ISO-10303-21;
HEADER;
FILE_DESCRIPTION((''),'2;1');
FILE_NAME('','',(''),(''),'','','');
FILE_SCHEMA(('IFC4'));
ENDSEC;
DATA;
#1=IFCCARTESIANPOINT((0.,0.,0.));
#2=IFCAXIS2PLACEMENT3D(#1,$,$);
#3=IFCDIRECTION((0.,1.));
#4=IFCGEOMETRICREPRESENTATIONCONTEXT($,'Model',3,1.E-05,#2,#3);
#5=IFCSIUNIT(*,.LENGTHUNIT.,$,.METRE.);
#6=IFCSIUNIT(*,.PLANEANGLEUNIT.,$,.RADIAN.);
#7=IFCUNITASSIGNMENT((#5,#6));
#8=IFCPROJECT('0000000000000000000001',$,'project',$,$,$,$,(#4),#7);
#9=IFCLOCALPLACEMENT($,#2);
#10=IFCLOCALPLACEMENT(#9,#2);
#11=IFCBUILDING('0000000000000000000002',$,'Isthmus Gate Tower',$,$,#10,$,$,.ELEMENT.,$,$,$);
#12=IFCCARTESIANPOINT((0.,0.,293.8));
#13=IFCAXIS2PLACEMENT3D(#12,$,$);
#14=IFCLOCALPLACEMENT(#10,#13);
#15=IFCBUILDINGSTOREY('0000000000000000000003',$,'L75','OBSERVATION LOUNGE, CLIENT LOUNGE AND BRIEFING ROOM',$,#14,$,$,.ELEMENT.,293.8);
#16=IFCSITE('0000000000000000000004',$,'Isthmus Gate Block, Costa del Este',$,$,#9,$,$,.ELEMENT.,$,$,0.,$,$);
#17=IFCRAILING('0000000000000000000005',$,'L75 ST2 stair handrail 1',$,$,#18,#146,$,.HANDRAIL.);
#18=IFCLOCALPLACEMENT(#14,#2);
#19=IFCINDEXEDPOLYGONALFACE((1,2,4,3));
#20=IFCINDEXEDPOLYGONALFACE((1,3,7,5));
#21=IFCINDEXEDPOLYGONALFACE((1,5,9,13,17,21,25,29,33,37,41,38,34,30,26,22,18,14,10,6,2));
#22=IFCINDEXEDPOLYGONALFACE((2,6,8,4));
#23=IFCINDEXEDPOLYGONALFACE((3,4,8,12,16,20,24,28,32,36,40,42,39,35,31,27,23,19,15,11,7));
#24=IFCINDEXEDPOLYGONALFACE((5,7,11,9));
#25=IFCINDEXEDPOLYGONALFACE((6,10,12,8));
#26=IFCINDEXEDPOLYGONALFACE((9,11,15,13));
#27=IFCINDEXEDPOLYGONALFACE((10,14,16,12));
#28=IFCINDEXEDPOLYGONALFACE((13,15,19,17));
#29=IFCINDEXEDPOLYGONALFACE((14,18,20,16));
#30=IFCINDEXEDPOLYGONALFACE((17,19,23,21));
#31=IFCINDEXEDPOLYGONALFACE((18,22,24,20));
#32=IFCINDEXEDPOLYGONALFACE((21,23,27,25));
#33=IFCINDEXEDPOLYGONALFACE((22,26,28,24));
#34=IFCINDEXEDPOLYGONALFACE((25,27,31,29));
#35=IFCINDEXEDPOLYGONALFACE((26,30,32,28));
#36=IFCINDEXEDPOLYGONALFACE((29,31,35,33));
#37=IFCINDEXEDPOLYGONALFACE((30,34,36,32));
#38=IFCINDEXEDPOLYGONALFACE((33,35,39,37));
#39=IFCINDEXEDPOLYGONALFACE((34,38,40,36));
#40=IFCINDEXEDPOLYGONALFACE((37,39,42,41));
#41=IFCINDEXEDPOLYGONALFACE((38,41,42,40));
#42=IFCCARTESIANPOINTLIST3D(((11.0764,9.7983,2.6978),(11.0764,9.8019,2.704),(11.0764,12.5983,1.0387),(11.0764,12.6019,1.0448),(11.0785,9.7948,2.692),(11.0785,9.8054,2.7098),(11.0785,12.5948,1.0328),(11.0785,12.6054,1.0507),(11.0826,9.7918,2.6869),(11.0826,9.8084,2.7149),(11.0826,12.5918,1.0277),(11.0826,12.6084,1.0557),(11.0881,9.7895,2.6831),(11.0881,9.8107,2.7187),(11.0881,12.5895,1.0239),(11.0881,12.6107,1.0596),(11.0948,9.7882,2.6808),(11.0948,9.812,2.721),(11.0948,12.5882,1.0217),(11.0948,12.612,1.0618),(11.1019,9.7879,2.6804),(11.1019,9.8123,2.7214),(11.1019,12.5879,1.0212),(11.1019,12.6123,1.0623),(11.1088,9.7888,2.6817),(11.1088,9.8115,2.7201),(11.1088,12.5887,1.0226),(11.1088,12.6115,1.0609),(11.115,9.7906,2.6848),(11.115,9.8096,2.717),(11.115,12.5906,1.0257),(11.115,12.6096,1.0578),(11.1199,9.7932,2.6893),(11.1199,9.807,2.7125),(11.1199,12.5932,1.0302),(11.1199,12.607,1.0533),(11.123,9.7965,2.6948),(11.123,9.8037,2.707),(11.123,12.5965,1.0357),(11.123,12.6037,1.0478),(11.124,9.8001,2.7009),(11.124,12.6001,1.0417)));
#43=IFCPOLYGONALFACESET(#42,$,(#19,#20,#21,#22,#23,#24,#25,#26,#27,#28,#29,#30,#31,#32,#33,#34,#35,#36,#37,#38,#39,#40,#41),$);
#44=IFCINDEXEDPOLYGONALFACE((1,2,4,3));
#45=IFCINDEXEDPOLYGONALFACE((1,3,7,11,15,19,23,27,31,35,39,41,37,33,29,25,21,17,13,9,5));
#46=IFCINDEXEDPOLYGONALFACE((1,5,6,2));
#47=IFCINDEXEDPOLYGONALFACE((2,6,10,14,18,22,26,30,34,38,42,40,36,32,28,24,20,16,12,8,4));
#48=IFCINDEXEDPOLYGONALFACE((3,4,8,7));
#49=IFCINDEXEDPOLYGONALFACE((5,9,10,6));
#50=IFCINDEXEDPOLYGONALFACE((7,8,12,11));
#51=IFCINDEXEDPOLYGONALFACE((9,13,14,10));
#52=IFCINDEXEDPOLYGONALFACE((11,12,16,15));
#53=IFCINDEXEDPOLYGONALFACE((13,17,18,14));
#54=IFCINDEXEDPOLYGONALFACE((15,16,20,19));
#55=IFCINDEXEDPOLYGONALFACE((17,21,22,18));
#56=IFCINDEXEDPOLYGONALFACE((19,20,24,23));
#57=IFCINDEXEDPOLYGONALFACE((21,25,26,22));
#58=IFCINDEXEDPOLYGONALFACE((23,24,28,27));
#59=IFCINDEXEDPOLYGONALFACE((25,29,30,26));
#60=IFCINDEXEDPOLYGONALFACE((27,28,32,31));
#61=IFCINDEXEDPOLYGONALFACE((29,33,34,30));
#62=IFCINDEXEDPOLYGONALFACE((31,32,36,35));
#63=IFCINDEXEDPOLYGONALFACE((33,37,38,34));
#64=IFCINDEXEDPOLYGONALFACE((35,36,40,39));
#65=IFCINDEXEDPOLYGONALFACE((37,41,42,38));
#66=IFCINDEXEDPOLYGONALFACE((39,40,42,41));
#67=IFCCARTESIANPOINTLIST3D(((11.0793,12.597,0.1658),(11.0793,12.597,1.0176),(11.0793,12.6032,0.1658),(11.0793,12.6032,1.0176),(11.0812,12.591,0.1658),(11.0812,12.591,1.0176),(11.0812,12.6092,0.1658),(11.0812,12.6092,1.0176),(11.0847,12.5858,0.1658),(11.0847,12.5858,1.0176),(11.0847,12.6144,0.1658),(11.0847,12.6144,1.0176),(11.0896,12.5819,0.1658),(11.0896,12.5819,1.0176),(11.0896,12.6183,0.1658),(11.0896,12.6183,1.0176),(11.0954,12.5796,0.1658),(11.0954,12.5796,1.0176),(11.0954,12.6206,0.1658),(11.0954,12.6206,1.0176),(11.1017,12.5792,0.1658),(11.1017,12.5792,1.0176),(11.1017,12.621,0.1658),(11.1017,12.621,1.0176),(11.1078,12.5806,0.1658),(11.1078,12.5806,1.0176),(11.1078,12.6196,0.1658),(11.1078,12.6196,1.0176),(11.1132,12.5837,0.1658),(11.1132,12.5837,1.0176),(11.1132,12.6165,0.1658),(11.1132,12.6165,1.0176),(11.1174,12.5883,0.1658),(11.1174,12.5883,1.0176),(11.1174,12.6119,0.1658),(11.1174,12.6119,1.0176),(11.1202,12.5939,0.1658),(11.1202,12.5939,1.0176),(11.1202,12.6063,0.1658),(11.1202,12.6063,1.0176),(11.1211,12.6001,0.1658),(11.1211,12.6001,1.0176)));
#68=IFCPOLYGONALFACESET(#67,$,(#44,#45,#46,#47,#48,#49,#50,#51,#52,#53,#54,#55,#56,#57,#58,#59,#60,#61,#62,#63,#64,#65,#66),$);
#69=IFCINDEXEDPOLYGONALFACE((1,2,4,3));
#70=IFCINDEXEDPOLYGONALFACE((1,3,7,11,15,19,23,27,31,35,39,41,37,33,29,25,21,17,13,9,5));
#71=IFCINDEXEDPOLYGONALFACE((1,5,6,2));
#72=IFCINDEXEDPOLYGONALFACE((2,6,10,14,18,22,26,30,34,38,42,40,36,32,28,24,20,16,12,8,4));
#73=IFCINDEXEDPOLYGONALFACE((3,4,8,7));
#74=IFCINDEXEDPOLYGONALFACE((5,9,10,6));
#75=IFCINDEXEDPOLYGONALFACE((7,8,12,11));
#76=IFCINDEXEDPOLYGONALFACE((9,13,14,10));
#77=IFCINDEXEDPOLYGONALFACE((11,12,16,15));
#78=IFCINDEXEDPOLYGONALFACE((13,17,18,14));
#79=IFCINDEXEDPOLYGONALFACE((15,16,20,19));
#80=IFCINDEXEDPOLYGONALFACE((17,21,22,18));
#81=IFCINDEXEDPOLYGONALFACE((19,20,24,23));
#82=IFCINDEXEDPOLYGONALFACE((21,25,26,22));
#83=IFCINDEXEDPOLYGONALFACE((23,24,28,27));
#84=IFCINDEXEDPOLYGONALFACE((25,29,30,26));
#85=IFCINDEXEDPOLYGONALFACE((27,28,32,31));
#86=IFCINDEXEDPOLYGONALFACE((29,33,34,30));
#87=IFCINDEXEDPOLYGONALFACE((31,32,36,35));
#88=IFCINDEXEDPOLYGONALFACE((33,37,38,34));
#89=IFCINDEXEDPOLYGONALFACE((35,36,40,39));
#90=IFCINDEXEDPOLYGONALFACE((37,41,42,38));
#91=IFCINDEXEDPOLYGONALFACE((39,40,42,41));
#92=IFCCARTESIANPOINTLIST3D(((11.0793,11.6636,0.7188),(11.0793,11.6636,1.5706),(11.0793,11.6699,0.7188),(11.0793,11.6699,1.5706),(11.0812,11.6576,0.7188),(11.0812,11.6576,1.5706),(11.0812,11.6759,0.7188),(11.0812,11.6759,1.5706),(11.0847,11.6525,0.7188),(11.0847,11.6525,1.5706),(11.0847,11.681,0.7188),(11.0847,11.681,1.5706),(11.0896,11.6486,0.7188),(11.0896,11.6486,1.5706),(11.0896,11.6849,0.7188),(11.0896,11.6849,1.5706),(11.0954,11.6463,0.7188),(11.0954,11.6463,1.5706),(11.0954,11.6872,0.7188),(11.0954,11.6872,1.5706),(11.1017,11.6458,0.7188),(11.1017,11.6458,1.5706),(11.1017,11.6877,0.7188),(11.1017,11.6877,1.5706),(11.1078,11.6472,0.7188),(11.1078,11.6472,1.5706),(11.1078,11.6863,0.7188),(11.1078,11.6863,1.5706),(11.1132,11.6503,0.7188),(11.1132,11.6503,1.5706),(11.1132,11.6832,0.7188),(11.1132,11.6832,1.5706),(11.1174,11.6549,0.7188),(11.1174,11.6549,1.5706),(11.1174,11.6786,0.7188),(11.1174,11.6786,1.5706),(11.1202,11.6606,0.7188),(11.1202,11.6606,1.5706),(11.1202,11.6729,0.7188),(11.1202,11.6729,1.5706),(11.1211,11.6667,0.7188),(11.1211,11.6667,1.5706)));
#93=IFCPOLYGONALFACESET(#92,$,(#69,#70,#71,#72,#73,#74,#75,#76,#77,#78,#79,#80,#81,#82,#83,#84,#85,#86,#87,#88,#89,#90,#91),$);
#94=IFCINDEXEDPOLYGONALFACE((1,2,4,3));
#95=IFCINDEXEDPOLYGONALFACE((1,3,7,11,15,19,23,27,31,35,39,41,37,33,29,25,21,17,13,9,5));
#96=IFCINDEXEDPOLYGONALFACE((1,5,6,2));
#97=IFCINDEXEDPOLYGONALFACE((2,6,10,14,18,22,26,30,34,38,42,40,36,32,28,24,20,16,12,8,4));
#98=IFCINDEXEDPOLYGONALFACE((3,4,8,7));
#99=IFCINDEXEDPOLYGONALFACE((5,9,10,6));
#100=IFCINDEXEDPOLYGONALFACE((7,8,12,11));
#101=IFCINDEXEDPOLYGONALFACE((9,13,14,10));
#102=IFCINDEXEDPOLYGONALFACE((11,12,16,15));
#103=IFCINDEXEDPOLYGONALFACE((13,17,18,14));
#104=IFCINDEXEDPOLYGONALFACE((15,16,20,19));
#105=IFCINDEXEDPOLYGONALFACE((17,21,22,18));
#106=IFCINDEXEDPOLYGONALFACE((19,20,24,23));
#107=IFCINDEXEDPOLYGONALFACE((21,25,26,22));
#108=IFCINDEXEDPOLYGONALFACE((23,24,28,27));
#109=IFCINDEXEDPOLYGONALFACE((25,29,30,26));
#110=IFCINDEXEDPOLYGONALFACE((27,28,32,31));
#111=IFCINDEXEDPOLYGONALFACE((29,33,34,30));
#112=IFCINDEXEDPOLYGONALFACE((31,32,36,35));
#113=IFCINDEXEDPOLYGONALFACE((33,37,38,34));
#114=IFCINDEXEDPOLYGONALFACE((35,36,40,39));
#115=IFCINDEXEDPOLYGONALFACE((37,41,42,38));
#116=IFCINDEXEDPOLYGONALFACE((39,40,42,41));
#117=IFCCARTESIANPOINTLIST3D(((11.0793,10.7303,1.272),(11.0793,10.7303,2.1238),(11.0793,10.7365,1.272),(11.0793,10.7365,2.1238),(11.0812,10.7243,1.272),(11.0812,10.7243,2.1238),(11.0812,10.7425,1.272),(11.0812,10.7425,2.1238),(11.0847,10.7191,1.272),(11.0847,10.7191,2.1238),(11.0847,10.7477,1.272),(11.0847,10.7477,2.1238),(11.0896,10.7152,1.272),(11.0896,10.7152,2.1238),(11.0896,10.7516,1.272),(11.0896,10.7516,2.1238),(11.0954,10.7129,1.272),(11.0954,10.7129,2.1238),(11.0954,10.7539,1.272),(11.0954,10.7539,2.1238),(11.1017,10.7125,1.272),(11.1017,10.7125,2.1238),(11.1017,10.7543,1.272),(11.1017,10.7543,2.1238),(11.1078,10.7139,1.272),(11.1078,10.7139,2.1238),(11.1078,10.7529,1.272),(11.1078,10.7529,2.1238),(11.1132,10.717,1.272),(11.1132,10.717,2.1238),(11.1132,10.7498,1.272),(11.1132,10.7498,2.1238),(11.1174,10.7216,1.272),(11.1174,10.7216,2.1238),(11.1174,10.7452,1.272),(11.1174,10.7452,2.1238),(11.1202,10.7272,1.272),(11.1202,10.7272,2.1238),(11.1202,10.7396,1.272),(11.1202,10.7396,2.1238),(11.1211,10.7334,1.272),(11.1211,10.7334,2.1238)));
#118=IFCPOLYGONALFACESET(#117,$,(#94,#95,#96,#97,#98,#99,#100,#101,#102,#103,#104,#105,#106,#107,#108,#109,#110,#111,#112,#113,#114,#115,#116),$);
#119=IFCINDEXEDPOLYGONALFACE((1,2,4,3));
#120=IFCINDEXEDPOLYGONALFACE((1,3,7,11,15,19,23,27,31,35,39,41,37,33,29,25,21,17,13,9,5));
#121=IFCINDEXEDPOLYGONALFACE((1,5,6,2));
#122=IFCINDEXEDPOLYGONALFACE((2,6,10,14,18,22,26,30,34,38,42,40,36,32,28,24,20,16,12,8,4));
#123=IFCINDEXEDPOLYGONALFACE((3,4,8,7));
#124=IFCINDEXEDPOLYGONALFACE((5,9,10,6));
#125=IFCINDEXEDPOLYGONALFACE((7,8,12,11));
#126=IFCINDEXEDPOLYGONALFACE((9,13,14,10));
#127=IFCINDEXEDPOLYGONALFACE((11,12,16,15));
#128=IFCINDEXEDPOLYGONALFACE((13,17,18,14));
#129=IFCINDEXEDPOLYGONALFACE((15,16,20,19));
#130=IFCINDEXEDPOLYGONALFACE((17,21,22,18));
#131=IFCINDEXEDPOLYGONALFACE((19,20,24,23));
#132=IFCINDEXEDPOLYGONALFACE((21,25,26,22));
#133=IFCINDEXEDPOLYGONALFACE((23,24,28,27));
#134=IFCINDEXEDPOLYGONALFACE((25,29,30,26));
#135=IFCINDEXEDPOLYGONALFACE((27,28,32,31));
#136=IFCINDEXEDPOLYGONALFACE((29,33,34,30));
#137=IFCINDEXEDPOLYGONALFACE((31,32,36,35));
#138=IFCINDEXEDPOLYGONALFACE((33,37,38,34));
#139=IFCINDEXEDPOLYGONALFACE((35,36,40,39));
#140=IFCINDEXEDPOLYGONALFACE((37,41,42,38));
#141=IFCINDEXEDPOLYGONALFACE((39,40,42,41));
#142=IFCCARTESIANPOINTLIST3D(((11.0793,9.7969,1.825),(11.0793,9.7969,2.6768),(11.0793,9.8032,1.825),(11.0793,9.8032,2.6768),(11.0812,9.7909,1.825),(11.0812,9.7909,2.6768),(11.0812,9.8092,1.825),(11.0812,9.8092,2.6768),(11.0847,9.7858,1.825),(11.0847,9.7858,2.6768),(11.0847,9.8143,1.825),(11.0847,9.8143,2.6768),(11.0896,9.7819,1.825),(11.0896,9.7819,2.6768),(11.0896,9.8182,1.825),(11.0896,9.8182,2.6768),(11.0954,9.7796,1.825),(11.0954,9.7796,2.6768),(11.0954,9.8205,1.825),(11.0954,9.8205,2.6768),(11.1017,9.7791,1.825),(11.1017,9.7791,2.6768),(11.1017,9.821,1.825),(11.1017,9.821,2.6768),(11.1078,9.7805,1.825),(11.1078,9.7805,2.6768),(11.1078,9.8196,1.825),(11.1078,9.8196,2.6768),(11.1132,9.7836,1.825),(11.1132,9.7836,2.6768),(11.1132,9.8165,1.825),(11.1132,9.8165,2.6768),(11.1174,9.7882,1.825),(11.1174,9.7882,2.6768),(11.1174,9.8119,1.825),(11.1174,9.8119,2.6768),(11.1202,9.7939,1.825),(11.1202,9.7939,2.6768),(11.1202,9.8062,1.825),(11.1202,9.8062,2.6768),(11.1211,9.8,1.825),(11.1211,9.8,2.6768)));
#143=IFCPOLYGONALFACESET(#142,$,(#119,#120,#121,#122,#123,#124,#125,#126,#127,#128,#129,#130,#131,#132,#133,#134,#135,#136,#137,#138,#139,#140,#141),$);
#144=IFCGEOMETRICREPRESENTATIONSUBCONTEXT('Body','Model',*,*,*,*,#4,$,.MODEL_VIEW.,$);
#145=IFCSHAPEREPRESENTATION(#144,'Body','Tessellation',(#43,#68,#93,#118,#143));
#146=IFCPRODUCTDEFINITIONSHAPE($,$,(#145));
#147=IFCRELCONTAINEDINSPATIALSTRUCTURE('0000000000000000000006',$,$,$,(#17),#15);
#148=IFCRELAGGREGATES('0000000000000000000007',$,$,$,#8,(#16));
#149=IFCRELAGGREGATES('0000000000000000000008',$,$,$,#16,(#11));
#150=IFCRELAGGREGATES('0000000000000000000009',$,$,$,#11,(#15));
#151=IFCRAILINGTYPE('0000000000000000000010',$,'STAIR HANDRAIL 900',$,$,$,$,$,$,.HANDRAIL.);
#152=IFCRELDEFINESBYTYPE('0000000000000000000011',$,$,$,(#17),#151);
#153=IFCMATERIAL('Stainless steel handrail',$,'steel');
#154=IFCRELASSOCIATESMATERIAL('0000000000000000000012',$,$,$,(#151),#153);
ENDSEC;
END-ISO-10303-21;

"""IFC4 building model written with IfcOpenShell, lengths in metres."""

from ifc_helpers import new_model, si_unit, direction, frame, origin, origin_2d, place, context, subcontext, project, spatial, circle, extrude, material, type_object, element, save


model = new_model("IFC4")

# Units and contexts
model_context = context("Model", 3, precision=1e-05, world=origin(), true_north=direction((0.0, 1.0)))
body_context = subcontext(model_context, "Body", "Model", "MODEL_VIEW")
ifc_project = project(units=[si_unit("LENGTHUNIT", "METRE"), si_unit("PLANEANGLEUNIT", "RADIAN")], contexts=[model_context])

# Site, building, storey
site_placement = place(None, origin())
site = spatial("IfcSite", under=ifc_project, at=site_placement, Name="Isthmus Gate Block, Costa del Este", CompositionType="ELEMENT", RefElevation=0.0)
building_placement = place(site_placement, origin())
building = spatial("IfcBuilding", under=site, at=building_placement, Name="Isthmus Gate Tower", CompositionType="ELEMENT")
storey_placement = place(building_placement, frame((0.0, 0.0, 293.8)))
storey = spatial("IfcBuildingStorey", under=building, at=storey_placement, Name="L75", Description="OBSERVATION LOUNGE, CLIENT LOUNGE AND BRIEFING ROOM", CompositionType="ELEMENT", Elevation=293.8)

# Railing
ifc_material_1 = material(Name="Stainless steel handrail", Category="steel")
railing_type_1 = type_object("IfcRailingType", Name="STAIR HANDRAIL 900", PredefinedType="HANDRAIL", material=ifc_material_1)
railing_1_placement = place(storey_placement, frame((11.1001, 12.6001, 0.1658)))
element("IfcRailing", 1, at=railing_1_placement, inside=storey, type_object=railing_type_1, Name="L75 ST2 stair handrail 1", PredefinedType="HANDRAIL", context=body_context, shape_type="SweptSolid", body=[
    extrude(circle(Radius=0.0239, at=origin_2d()), frame((0.0, 0.0, 0.876), z_axis=(0.0, -0.860306, 0.509778), x_axis=(1.0, 0.0, 0.0)), (0.0, 0.0, 1.0), 3.2546),
    extrude(circle(Radius=0.021, at=origin_2d()), origin(), (0.0, 0.0, 1.0), 0.8518),
    extrude(circle(Radius=0.021, at=origin_2d()), frame((0.0, -0.9333, 0.553)), (0.0, 0.0, 1.0), 0.8518),
    extrude(circle(Radius=0.021, at=origin_2d()), frame((0.0, -1.8667, 1.1062)), (0.0, 0.0, 1.0), 0.8518),
    extrude(circle(Radius=0.021, at=origin_2d()), frame((0.0, -2.8, 1.6592)), (0.0, 0.0, 1.0), 0.8518),
])

save(model, "model.ifc")
